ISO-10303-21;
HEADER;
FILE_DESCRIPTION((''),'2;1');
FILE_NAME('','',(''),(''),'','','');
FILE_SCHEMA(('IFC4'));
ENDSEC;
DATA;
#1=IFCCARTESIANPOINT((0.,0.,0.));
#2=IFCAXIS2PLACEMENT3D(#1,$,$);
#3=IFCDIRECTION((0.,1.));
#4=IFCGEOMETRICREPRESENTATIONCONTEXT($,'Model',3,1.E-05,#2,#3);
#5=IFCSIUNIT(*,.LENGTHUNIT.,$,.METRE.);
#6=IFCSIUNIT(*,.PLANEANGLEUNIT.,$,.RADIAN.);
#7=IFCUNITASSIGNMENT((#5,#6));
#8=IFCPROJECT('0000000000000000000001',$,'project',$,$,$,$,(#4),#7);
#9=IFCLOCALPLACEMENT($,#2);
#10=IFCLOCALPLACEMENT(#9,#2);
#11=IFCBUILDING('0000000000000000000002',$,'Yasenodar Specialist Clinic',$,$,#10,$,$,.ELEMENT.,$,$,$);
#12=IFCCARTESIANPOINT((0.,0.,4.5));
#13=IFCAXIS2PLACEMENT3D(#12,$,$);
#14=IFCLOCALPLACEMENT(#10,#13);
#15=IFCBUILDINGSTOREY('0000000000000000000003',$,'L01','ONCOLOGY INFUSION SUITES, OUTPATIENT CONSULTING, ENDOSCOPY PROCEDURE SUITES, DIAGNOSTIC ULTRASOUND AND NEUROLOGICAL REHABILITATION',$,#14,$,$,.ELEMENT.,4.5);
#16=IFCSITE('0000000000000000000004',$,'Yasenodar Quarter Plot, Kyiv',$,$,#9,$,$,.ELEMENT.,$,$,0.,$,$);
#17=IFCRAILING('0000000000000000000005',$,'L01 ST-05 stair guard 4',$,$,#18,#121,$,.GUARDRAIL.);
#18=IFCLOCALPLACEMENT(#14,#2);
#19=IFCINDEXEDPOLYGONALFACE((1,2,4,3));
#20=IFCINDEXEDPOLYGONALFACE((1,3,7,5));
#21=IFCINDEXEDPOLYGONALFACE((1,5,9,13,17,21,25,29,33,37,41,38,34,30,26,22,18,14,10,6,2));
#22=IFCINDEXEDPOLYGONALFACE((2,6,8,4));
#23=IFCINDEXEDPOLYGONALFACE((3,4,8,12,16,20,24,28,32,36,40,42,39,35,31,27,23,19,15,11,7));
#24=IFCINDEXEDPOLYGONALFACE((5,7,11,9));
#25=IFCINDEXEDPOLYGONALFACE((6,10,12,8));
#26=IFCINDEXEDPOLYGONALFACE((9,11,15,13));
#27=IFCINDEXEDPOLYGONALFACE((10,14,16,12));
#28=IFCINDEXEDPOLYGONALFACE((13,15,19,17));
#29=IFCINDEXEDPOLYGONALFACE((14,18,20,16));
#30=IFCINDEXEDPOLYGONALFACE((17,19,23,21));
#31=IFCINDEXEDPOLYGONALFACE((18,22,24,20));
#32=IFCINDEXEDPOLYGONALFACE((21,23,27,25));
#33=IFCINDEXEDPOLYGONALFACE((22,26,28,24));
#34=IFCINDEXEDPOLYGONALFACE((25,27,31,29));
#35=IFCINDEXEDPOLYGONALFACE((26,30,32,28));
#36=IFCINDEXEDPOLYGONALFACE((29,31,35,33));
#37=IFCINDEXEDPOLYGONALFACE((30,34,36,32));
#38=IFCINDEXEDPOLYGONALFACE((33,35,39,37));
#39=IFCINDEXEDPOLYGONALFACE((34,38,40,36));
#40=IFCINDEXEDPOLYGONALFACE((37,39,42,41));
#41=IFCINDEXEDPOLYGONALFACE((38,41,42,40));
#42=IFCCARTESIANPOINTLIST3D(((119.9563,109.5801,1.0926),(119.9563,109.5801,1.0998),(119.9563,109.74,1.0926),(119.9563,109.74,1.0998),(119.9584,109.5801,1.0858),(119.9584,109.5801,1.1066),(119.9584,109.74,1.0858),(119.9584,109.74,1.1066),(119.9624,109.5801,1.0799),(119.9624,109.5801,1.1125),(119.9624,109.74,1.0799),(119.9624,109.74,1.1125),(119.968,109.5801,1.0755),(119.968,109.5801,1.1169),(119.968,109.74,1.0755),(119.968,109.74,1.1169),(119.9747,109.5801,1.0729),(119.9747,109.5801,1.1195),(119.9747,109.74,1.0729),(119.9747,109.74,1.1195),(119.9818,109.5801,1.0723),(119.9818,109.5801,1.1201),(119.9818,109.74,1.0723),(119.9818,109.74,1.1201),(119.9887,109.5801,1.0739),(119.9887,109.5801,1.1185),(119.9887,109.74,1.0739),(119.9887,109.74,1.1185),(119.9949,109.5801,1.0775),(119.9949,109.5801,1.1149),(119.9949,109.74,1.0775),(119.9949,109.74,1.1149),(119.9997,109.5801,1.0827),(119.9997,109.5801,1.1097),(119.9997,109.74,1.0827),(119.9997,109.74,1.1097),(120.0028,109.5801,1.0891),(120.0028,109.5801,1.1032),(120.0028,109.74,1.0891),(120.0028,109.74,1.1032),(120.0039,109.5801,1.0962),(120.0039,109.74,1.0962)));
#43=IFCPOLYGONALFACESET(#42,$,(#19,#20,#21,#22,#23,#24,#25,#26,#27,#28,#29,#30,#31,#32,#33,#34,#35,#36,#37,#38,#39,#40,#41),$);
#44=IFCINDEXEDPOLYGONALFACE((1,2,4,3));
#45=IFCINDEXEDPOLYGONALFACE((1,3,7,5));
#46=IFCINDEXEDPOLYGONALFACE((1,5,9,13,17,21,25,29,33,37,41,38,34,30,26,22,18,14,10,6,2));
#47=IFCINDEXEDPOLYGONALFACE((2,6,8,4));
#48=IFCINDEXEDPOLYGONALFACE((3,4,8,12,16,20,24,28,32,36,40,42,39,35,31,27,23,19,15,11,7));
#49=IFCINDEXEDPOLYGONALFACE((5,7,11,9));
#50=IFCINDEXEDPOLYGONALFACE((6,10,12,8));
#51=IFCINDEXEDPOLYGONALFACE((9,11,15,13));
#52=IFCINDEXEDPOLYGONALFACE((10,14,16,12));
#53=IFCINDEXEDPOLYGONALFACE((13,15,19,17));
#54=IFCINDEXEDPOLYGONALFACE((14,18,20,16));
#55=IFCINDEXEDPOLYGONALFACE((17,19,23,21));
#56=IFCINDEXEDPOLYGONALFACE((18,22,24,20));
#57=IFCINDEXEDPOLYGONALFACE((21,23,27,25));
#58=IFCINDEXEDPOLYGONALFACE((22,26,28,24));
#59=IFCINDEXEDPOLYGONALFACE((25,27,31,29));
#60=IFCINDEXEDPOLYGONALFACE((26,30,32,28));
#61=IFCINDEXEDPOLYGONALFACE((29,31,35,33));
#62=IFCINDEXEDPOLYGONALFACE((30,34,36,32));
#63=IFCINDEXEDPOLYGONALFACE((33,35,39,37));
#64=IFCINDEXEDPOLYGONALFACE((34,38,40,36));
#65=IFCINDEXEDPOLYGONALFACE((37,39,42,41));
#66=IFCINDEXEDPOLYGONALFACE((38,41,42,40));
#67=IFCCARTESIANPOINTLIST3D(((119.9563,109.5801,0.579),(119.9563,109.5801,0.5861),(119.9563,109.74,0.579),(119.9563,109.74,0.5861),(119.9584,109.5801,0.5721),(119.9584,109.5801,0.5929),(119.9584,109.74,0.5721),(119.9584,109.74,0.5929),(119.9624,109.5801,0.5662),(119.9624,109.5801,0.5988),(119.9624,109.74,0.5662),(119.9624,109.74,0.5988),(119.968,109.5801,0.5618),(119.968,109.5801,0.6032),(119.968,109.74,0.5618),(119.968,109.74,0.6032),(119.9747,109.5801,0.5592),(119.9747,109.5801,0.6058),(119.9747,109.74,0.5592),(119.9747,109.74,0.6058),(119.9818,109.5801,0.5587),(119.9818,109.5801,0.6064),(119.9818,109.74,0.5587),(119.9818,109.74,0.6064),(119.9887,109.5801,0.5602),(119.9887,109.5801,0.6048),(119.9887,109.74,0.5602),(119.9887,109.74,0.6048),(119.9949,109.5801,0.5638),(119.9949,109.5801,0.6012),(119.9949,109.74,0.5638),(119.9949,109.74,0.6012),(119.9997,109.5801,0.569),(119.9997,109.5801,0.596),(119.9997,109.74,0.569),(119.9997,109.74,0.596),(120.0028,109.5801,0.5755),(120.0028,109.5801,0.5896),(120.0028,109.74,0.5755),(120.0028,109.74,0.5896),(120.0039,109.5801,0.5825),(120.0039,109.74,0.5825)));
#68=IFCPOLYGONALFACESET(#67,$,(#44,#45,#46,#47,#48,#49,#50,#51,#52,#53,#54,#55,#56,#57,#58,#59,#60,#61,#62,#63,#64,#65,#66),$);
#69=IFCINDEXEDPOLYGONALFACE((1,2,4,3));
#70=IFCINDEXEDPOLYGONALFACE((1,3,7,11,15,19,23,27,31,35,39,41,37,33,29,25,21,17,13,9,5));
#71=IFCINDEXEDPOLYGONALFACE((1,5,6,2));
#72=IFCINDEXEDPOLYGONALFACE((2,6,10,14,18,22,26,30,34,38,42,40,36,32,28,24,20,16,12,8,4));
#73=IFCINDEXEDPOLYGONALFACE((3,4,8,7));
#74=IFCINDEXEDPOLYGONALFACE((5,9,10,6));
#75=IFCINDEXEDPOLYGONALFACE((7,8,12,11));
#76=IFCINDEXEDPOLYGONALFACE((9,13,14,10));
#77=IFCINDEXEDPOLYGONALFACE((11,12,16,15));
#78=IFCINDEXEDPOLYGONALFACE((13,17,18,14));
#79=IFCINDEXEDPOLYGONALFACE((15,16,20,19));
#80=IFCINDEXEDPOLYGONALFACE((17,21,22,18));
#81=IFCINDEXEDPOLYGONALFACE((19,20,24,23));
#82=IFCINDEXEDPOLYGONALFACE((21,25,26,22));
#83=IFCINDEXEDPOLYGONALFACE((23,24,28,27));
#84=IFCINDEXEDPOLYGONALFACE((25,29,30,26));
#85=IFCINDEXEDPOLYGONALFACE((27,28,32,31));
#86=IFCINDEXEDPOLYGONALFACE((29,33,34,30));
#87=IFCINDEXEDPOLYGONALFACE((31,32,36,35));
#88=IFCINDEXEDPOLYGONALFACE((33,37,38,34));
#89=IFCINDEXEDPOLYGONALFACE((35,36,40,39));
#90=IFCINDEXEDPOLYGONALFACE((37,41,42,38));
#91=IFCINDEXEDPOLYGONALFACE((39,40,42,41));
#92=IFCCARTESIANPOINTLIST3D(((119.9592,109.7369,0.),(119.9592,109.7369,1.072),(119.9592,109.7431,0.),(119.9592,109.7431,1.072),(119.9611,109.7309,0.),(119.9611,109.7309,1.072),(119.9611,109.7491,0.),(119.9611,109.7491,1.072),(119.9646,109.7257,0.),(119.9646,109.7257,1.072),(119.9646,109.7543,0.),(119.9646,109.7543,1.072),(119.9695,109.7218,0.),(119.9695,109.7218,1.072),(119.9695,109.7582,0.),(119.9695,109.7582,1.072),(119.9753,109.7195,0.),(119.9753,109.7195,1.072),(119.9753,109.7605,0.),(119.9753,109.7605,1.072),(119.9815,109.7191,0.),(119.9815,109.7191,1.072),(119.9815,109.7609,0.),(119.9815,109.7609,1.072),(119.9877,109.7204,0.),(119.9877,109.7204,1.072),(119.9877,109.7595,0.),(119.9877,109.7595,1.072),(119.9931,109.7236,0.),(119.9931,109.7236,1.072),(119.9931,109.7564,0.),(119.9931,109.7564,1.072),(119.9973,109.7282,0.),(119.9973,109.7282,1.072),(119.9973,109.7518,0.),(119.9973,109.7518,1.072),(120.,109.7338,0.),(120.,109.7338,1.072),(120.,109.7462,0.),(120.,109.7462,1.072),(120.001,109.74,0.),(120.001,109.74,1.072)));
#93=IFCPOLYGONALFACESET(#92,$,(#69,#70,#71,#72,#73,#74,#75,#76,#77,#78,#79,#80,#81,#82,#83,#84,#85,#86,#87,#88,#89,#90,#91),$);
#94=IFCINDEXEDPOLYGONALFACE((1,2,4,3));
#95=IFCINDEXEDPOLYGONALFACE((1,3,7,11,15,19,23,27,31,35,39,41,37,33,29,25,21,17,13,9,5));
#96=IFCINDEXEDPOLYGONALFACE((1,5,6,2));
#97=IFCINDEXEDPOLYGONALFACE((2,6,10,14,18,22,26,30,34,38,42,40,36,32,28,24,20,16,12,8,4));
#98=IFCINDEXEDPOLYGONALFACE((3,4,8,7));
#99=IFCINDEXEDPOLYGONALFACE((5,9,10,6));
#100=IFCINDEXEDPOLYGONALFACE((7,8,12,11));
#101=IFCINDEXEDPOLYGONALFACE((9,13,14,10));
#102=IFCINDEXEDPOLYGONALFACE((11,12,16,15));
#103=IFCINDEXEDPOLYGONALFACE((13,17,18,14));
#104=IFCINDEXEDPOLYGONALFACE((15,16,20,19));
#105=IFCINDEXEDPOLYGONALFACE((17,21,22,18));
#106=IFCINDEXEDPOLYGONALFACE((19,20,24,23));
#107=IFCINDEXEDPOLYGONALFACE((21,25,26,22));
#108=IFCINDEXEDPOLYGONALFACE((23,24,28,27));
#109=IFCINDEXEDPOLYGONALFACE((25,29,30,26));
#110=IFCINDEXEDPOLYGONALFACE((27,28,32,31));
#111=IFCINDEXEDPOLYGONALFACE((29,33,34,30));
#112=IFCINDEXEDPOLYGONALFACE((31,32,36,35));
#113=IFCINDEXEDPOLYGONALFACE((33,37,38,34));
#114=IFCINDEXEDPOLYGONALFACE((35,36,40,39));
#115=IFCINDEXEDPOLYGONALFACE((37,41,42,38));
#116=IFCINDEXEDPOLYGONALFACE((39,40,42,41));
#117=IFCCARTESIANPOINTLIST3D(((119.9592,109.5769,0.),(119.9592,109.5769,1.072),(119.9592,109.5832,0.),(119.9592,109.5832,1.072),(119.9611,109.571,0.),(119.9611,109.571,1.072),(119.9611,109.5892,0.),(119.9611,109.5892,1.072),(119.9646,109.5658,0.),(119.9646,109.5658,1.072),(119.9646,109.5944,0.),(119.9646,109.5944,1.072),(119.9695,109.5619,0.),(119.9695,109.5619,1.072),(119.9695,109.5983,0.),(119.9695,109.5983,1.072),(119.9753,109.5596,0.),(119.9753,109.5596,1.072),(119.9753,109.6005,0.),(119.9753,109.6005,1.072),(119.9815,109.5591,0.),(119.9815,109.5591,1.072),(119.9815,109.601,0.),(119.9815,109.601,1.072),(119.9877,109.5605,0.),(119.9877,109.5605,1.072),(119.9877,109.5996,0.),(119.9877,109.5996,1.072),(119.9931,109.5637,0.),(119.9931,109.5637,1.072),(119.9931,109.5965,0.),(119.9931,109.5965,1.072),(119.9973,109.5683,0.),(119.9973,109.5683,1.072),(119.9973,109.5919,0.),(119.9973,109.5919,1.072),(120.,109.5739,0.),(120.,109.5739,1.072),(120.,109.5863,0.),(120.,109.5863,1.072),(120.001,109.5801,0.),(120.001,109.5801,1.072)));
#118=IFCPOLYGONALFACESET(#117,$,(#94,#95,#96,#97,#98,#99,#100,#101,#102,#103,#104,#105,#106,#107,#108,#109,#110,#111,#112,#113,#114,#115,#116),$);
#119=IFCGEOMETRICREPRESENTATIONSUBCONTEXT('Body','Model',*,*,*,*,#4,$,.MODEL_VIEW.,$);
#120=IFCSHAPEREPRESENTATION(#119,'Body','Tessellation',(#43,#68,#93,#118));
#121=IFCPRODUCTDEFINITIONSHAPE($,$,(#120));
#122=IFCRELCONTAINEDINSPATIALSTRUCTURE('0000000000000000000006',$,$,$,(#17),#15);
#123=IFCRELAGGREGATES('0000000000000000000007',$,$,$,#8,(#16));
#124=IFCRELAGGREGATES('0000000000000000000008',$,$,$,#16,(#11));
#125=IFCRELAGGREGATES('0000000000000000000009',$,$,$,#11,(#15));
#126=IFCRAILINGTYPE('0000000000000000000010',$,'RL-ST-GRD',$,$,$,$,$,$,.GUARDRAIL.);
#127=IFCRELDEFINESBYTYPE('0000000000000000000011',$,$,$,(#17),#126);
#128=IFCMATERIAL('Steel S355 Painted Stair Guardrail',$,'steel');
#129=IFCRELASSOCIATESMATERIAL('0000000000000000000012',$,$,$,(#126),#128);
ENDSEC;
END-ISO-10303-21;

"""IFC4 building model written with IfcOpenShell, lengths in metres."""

from ifc_helpers import new_model, si_unit, direction, frame, origin, origin_2d, place, context, subcontext, project, spatial, circle, extrude, material, type_object, element, save


model = new_model("IFC4")

# Units and contexts
model_context = context("Model", 3, precision=1e-05, world=origin(), true_north=direction((0.0, 1.0)))
body_context = subcontext(model_context, "Body", "Model", "MODEL_VIEW")
ifc_project = project(units=[si_unit("LENGTHUNIT", "METRE"), si_unit("PLANEANGLEUNIT", "RADIAN")], contexts=[model_context])

# Site, building, storey
site_placement = place(None, origin())
site = spatial("IfcSite", under=ifc_project, at=site_placement, Name="Yasenodar Quarter Plot, Kyiv", CompositionType="ELEMENT", RefElevation=0.0)
building_placement = place(site_placement, origin())
building = spatial("IfcBuilding", under=site, at=building_placement, Name="Yasenodar Specialist Clinic", CompositionType="ELEMENT")
storey_placement = place(building_placement, frame((0.0, 0.0, 4.5)))
storey = spatial("IfcBuildingStorey", under=building, at=storey_placement, Name="L01", Description="ONCOLOGY INFUSION SUITES, OUTPATIENT CONSULTING, ENDOSCOPY PROCEDURE SUITES, DIAGNOSTIC ULTRASOUND AND NEUROLOGICAL REHABILITATION", CompositionType="ELEMENT", Elevation=4.5)

# Railing
ifc_material_1 = material(Name="Steel S355 Painted Stair Guardrail", Category="steel")
railing_type_1 = type_object("IfcRailingType", Name="RL-ST-GRD", PredefinedType="GUARDRAIL", material=ifc_material_1)
railing_1_placement = place(storey_placement, frame((119.98, 109.74, 0.0)))
element("IfcRailing", 1, at=railing_1_placement, inside=storey, type_object=railing_type_1, Name="L01 ST-05 stair guard 4", PredefinedType="GUARDRAIL", context=body_context, shape_type="SweptSolid", body=[
    extrude(circle(Radius=0.0239, at=origin_2d()), frame((0.0, 0.0, 1.0962), z_axis=(0.0, -1.0, 0.0), x_axis=(1.0, 0.0, 0.0)), (0.0, 0.0, 1.0), 0.1599),
    extrude(circle(Radius=0.0239, at=origin_2d()), frame((0.0, 0.0, 0.5825), z_axis=(0.0, -1.0, 0.0), x_axis=(1.0, 0.0, 0.0)), (0.0, 0.0, 1.0), 0.1599),
    extrude(circle(Radius=0.021, at=origin_2d()), origin(), (0.0, 0.0, 1.0), 1.072),
    extrude(circle(Radius=0.021, at=origin_2d()), frame((0.0, -0.1599, 0.0)), (0.0, 0.0, 1.0), 1.072),
])

save(model, "model.ifc")
